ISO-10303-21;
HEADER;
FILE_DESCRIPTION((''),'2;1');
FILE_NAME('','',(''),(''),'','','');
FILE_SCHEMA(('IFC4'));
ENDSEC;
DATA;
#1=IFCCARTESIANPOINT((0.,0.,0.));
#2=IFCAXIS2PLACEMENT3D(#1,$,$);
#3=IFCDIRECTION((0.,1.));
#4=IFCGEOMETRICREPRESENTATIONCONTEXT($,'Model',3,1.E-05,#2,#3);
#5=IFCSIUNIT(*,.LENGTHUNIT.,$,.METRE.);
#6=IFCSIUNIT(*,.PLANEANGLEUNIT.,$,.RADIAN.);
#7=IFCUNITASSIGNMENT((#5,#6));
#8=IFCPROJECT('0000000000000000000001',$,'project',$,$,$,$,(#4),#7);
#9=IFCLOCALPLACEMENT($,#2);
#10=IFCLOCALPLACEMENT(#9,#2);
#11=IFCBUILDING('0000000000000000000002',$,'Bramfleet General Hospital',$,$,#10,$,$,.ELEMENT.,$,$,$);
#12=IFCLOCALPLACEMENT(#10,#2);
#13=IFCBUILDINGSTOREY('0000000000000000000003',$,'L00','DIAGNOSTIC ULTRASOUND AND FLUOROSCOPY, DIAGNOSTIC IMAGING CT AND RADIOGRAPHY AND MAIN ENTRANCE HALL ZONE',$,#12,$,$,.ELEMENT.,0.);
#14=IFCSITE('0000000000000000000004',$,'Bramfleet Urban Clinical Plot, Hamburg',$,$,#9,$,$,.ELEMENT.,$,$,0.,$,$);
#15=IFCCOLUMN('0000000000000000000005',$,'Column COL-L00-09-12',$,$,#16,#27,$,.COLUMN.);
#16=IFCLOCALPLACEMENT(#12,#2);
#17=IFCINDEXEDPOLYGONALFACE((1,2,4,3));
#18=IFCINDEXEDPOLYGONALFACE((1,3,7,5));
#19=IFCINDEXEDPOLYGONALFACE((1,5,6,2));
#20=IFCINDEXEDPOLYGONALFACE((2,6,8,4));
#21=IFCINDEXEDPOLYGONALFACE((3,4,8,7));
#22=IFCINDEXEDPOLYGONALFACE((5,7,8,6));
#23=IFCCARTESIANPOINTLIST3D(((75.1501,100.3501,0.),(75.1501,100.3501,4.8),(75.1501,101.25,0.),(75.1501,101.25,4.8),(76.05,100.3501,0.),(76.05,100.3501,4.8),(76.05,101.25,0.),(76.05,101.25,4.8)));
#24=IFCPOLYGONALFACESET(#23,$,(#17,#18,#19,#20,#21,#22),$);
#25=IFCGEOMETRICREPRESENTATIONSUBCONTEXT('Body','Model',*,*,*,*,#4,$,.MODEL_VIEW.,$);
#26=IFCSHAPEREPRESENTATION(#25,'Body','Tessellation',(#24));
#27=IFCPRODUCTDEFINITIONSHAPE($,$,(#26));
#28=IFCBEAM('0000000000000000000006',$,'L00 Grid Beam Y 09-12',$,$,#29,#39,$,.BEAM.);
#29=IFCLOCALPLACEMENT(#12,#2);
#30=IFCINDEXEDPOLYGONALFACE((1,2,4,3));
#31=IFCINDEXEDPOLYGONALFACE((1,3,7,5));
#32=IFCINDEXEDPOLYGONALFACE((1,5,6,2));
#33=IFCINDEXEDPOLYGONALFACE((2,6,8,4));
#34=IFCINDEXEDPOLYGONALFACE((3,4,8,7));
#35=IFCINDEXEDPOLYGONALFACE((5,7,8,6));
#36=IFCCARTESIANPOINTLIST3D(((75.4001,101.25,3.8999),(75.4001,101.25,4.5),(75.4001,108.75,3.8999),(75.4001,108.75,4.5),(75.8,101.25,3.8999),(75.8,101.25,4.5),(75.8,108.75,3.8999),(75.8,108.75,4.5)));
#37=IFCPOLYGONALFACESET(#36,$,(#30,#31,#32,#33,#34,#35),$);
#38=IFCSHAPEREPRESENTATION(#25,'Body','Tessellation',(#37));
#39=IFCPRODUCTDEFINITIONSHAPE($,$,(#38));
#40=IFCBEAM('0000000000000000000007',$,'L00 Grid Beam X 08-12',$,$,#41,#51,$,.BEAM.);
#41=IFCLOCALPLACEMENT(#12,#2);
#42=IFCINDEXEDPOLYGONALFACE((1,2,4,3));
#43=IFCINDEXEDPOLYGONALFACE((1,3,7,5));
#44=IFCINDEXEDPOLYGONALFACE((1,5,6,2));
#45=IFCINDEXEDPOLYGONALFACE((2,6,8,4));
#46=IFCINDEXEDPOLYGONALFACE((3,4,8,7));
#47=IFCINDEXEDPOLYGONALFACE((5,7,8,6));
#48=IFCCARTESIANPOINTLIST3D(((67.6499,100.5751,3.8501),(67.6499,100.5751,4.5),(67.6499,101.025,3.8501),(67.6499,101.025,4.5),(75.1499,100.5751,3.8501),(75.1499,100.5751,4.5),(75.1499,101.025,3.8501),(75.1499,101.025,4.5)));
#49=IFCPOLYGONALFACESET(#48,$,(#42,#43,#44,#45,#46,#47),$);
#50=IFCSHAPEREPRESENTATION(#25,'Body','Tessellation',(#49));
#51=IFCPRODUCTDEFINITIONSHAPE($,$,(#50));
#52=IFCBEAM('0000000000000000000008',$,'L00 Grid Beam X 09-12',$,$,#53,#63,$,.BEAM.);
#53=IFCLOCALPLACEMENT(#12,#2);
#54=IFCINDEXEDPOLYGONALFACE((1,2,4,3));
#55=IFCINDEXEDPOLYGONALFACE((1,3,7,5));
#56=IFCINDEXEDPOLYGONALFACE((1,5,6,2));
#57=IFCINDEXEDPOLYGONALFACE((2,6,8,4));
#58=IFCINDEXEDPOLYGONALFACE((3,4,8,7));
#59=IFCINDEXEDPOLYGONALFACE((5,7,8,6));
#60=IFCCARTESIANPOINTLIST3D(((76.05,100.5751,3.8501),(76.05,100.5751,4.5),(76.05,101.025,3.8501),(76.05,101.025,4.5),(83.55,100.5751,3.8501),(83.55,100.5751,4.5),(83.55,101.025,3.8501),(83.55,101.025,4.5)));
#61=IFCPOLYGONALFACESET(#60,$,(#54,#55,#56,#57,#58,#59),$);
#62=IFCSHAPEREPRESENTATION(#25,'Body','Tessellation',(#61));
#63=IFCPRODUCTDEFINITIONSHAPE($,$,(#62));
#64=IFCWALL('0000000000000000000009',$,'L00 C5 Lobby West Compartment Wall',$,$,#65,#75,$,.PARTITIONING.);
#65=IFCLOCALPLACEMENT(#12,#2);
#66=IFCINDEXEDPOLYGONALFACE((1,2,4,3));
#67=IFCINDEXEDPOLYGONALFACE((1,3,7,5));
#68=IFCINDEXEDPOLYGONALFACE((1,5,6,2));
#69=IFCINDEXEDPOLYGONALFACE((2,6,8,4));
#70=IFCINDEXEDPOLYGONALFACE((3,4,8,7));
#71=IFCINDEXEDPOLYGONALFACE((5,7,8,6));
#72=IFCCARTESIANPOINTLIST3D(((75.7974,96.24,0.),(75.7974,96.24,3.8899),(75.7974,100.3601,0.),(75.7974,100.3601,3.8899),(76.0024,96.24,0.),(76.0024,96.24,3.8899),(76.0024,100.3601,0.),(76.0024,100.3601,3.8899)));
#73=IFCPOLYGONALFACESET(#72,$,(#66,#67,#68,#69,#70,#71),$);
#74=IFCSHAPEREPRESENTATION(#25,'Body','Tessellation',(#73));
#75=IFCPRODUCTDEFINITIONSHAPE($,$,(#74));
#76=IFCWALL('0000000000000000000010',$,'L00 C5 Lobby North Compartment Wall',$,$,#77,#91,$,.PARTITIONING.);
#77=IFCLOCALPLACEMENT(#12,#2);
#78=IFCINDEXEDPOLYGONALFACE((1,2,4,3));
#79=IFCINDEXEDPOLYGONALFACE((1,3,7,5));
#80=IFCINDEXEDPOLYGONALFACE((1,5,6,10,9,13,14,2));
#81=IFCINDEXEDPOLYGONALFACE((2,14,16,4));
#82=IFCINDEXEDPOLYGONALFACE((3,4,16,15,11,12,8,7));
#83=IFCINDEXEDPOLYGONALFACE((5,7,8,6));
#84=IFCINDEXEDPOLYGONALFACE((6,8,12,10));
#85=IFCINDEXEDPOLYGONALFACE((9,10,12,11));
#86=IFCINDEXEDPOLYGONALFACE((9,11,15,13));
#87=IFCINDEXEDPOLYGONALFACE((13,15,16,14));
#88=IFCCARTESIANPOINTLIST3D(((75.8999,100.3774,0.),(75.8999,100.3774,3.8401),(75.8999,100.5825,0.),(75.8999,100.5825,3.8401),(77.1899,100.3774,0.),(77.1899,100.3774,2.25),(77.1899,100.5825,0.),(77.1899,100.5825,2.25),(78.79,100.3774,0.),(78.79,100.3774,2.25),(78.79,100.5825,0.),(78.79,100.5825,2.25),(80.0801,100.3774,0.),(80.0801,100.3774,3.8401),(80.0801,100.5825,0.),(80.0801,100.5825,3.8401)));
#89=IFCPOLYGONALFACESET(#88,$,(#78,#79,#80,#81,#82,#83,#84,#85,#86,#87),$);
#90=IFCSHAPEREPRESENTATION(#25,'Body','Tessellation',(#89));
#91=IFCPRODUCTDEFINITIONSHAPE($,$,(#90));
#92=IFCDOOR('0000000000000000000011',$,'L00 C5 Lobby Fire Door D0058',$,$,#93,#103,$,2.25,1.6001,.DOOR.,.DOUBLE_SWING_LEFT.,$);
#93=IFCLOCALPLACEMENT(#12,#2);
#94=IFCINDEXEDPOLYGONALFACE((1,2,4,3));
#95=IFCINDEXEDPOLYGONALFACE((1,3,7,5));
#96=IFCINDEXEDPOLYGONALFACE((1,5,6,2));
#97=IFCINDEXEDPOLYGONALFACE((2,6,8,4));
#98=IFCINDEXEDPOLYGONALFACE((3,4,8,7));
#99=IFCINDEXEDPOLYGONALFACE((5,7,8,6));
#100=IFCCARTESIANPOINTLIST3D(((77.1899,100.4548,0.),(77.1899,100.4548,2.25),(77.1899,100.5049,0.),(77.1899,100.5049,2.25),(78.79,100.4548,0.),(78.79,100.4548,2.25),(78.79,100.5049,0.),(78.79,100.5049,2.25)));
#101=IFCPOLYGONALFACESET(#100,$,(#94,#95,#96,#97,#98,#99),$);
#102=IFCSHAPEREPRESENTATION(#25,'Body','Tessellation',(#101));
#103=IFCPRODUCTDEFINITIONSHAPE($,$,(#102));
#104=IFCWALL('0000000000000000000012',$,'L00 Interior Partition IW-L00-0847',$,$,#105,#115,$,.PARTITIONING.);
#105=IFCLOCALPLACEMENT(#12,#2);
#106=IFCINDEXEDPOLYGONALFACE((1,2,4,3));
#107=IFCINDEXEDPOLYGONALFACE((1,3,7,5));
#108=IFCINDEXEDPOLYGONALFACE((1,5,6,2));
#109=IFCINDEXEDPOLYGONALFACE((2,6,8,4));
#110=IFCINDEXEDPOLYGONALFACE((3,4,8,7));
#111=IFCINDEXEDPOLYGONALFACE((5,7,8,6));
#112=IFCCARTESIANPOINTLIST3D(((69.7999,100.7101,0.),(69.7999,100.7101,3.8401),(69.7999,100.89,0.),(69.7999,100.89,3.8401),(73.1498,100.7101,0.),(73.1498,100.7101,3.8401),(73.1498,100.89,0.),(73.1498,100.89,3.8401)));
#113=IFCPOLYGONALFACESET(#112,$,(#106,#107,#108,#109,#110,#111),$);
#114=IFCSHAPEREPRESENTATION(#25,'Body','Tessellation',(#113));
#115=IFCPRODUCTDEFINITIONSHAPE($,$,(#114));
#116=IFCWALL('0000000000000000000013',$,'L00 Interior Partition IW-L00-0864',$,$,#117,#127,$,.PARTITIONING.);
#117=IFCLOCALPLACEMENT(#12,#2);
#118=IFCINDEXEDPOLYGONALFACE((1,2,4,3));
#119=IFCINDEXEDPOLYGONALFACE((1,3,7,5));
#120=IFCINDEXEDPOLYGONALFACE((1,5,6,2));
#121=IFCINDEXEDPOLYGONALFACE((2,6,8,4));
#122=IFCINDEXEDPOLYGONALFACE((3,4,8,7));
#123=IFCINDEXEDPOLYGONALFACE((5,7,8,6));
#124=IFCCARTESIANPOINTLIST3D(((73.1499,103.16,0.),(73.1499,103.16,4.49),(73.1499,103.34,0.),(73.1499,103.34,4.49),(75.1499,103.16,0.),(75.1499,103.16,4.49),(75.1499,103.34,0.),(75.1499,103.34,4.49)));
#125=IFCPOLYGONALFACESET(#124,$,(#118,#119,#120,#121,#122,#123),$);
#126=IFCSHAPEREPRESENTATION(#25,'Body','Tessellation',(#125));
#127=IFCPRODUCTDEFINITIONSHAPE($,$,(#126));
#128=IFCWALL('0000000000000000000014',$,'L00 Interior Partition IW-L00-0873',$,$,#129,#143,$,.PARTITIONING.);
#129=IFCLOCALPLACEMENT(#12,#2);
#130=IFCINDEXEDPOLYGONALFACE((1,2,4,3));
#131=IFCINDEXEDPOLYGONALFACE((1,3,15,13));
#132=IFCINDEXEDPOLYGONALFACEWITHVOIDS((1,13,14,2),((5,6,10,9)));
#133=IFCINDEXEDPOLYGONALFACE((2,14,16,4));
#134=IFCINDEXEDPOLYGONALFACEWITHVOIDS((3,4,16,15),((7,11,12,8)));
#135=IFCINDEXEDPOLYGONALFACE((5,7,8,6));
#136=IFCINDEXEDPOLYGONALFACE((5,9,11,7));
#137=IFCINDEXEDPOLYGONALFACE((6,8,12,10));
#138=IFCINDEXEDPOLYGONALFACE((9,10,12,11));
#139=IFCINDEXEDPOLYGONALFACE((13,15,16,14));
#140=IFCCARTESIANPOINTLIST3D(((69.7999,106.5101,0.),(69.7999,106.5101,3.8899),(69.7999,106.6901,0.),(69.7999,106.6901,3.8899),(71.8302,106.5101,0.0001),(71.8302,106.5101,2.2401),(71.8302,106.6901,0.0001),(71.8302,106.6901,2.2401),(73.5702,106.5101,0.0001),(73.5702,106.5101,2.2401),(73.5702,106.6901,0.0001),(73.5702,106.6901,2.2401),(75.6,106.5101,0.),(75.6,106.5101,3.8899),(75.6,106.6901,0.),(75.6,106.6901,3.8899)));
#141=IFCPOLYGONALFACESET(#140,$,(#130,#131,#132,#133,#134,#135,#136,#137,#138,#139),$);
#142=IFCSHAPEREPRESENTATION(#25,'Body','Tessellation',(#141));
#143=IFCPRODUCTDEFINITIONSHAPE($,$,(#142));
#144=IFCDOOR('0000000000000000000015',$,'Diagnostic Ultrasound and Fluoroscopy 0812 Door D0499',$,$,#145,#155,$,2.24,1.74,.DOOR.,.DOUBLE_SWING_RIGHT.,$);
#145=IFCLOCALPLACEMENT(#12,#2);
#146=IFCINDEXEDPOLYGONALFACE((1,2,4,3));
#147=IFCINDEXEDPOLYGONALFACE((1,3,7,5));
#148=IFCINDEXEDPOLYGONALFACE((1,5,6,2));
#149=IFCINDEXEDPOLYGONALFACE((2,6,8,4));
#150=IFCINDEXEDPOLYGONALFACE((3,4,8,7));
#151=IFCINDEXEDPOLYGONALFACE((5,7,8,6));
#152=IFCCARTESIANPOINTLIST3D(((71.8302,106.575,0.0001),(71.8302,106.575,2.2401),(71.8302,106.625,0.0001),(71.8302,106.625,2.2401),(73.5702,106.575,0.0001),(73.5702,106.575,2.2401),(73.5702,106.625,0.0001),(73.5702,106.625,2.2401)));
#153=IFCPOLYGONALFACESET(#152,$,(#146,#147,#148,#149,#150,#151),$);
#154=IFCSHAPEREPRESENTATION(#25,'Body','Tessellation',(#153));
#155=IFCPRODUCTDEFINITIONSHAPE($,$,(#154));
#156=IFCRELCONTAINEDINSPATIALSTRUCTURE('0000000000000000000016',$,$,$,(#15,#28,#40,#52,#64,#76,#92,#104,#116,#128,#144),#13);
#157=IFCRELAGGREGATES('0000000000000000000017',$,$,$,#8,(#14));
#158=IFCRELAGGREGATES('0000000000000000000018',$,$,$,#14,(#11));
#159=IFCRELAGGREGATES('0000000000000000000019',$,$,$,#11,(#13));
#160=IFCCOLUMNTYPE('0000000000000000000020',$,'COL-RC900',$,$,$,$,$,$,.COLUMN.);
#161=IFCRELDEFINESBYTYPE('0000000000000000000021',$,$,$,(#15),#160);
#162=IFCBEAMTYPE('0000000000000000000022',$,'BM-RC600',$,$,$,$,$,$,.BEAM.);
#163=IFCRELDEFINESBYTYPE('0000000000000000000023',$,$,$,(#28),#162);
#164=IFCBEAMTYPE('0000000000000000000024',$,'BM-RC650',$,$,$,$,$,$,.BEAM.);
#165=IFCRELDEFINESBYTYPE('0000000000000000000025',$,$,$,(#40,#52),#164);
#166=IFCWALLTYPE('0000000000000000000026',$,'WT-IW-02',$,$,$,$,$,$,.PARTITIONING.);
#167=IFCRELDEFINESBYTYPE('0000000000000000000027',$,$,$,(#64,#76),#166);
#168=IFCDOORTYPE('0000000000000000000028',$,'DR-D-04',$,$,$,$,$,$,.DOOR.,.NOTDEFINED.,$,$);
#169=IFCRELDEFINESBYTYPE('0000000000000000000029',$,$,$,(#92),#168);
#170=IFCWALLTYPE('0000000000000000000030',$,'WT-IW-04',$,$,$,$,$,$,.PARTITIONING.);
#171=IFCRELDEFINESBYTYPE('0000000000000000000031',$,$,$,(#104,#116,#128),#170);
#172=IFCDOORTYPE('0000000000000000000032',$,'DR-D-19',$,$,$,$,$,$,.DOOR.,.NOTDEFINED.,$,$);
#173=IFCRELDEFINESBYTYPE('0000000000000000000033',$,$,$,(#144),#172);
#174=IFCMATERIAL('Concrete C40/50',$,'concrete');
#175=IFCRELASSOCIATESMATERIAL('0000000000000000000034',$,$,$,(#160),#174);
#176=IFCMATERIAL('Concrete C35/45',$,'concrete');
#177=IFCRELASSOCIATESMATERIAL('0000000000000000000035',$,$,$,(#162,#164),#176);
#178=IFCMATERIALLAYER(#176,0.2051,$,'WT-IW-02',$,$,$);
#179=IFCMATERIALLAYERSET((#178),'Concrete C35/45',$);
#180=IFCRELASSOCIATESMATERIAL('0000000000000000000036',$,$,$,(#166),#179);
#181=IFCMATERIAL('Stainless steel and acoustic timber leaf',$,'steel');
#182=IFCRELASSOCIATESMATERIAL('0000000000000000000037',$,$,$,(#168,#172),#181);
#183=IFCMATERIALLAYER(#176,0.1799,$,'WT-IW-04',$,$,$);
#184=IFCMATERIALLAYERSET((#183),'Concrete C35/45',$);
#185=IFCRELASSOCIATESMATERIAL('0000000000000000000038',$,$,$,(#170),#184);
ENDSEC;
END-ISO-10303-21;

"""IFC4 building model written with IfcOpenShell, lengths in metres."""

from ifc_helpers import new_model, si_unit, direction, frame, frame_2d, origin, origin_2d, place, context, subcontext, project, spatial, rectangle, extrude, material, layer, layer_set, material_profile, profile_set, type_object, element, fill, save


model = new_model("IFC4")

# Units and contexts
model_context = context("Model", 3, precision=1e-05, world=origin(), true_north=direction((0.0, 1.0)))
body_context = subcontext(model_context, "Body", "Model", "MODEL_VIEW")
ifc_project = project(units=[si_unit("LENGTHUNIT", "METRE"), si_unit("PLANEANGLEUNIT", "RADIAN")], contexts=[model_context])

# Site, building, storey
site_placement = place(None, origin())
site = spatial("IfcSite", under=ifc_project, at=site_placement, Name="Bramfleet Urban Clinical Plot, Hamburg", CompositionType="ELEMENT", RefElevation=0.0)
building_placement = place(site_placement, origin())
building = spatial("IfcBuilding", under=site, at=building_placement, Name="Bramfleet General Hospital", CompositionType="ELEMENT")
storey_placement = place(building_placement, origin())
storey = spatial("IfcBuildingStorey", under=building, at=storey_placement, Name="L00", Description="DIAGNOSTIC ULTRASOUND AND FLUOROSCOPY, DIAGNOSTIC IMAGING CT AND RADIOGRAPHY AND MAIN ENTRANCE HALL ZONE", CompositionType="ELEMENT", Elevation=0.0)

# Column
ifc_material_1 = material(Name="Concrete C40/50", Category="concrete")
ifc_material_profile_1 = material_profile(ifc_material_1, rectangle(XDim=0.8999, YDim=0.8999, at=origin_2d()), Name="RC COL 900x900")
ifc_profile_set_1 = profile_set([ifc_material_profile_1], Name="Concrete C40/50")
column_type = type_object("IfcColumnType", Name="COL-RC900", PredefinedType="COLUMN", material=ifc_profile_set_1)
column_placement = place(storey_placement, frame((75.6001, 100.8, 0.0), z_axis=(0.0, 0.0, 1.0), x_axis=(1.0, 0.0, 0.0)))
element("IfcColumn", 1, at=column_placement, inside=storey, type_object=column_type, Name="Column COL-L00-09-12", PredefinedType="COLUMN", context=body_context, shape_type="SweptSolid", body=[
    extrude(rectangle(XDim=0.8999, YDim=0.8999, at=origin_2d()), origin(), (0.0, 0.0, 1.0), 4.8),
])

# Beams
ifc_material_2 = material(Name="Concrete C35/45", Category="concrete")
ifc_material_profile_2 = material_profile(ifc_material_2, rectangle(XDim=0.3999, YDim=0.6001, at=origin_2d()), Name="RC BM 600x400")
ifc_profile_set_2 = profile_set([ifc_material_profile_2], Name="Concrete C35/45")
beam_type_1 = type_object("IfcBeamType", Name="BM-RC600", PredefinedType="BEAM", material=ifc_profile_set_2)
beam_placement = place(storey_placement, frame((75.6001, 101.25, 4.2), z_axis=(0.0, 1.0, 0.0), x_axis=(-1.0, 0.0, 0.0)))
element("IfcBeam", 2, at=beam_placement, inside=storey, type_object=beam_type_1, Name="L00 Grid Beam Y 09-12", PredefinedType="BEAM", context=body_context, shape_type="SweptSolid", body=[
    extrude(rectangle(XDim=0.3999, YDim=0.6001, at=origin_2d()), origin(), (0.0, 0.0, 1.0), 7.5),
])
ifc_material_profile_3 = material_profile(ifc_material_2, rectangle(XDim=0.45, YDim=0.6499, at=origin_2d()), Name="RC BM 650x450")
ifc_profile_set_3 = profile_set([ifc_material_profile_3], Name="Concrete C35/45")
beam_type_2 = type_object("IfcBeamType", Name="BM-RC650", PredefinedType="BEAM", material=ifc_profile_set_3)
for number, where, z_axis, x_axis, name in (
    (3, (67.6499, 100.8, 4.175), (1.0, 0.0, 0.0), (0.0, 1.0, 0.0), "L00 Grid Beam X 08-12"),
    (4, (76.05, 100.8, 4.175), (1.0, 0.0, 0.0), (0.0, 1.0, 0.0), "L00 Grid Beam X 09-12"),
):
    element("IfcBeam", number, at=place(storey_placement, frame(where, z_axis=z_axis, x_axis=x_axis)), inside=storey, type_object=beam_type_2, Name=name, PredefinedType="BEAM", context=body_context, shape_type="SweptSolid", body=[
        extrude(rectangle(XDim=0.45, YDim=0.6499, at=origin_2d()), origin(), (0.0, 0.0, 1.0), 7.5),
    ])

# Wall
ifc_layer_1 = layer(ifc_material_2, 0.2051, Name="WT-IW-02")
ifc_layer_set_1 = layer_set([ifc_layer_1], Name="Concrete C35/45")
wall_type_1 = type_object("IfcWallType", Name="WT-IW-02", PredefinedType="PARTITIONING", material=ifc_layer_set_1)
wall_1_placement = place(storey_placement, frame((75.8999, 96.24, 0.0), z_axis=(0.0, 0.0, 1.0), x_axis=(0.0, 1.0, 0.0)))
element("IfcWall", 5, at=wall_1_placement, inside=storey, type_object=wall_type_1, Name="L00 C5 Lobby West Compartment Wall", PredefinedType="PARTITIONING", context=body_context, shape_type="SweptSolid", body=[
    extrude(rectangle(XDim=4.1201, YDim=0.2051, at=frame_2d((2.0601, 0.0))), origin(), (0.0, 0.0, 1.0), 3.8899),
])

# Wall, opening, door
wall_2_placement = place(storey_placement, frame((75.8999, 100.48, 0.0), z_axis=(0.0, 0.0, 1.0), x_axis=(1.0, 0.0, 0.0)))
wall_2 = element("IfcWall", 6, at=wall_2_placement, inside=storey, type_object=wall_type_1, Name="L00 C5 Lobby North Compartment Wall", PredefinedType="PARTITIONING", context=body_context, shape_type="SweptSolid", body=[
    extrude(rectangle(XDim=4.1802, YDim=0.2051, at=frame_2d((2.0901, 0.0))), origin(), (0.0, 0.0, 1.0), 3.8401),
])
opening_1_placement = place(wall_2_placement, frame((1.29, 0.0, 0.0)))
opening_1 = element("IfcOpeningElement", 7, at=opening_1_placement, cuts=wall_2, PredefinedType="OPENING", context=body_context, shape_type="SweptSolid", body=[
    extrude(rectangle(XDim=1.6001, YDim=2.25, at=frame_2d((0.8, 1.125))), frame((0.0, 0.1125, 0.0), z_axis=(0.0, -1.0, 0.0), x_axis=(1.0, 0.0, 0.0)), (0.0, 0.0, 1.0), 0.2251),
])
ifc_material_3 = material(Name="Stainless steel and acoustic timber leaf", Category="steel")
door_type_1 = type_object("IfcDoorType", Name="DR-D-04", OperationType="NOTDEFINED", PredefinedType="DOOR", material=ifc_material_3)
door_1_placement = place(opening_1_placement, origin())
door_1 = element("IfcDoor", 8, at=door_1_placement, inside=storey, type_object=door_type_1, Name="L00 C5 Lobby Fire Door D0058", OperationType="DOUBLE_SWING_LEFT", OverallHeight=2.25, OverallWidth=1.6001, PredefinedType="DOOR", context=body_context, shape_type="SweptSolid", body=[
    extrude(rectangle(XDim=1.6001, YDim=2.25, at=frame_2d((0.8, 1.125))), frame((0.0, 0.0249, 0.0), z_axis=(0.0, -1.0, 0.0), x_axis=(1.0, 0.0, 0.0)), (0.0, 0.0, 1.0), 0.05),
])
fill(opening_1, door_1)

# Walls
ifc_layer_2 = layer(ifc_material_2, 0.1799, Name="WT-IW-04")
ifc_layer_set_2 = layer_set([ifc_layer_2], Name="Concrete C35/45")
wall_type_2 = type_object("IfcWallType", Name="WT-IW-04", PredefinedType="PARTITIONING", material=ifc_layer_set_2)
wall_3_placement = place(storey_placement, frame((69.8, 100.8, 0.0), z_axis=(0.0, 0.0, 1.0), x_axis=(1.0, 0.0, 0.0)))
element("IfcWall", 9, at=wall_3_placement, inside=storey, type_object=wall_type_2, Name="L00 Interior Partition IW-L00-0847", PredefinedType="PARTITIONING", context=body_context, shape_type="SweptSolid", body=[
    extrude(rectangle(XDim=3.3499, YDim=0.1799, at=frame_2d((1.6748, 0.0))), origin(), (0.0, 0.0, 1.0), 3.8401),
])
wall_4_placement = place(storey_placement, frame((73.1499, 103.25, 0.0), z_axis=(0.0, 0.0, 1.0), x_axis=(1.0, 0.0, 0.0)))
element("IfcWall", 10, at=wall_4_placement, inside=storey, type_object=wall_type_2, Name="L00 Interior Partition IW-L00-0864", PredefinedType="PARTITIONING", context=body_context, shape_type="SweptSolid", body=[
    extrude(rectangle(XDim=2.0, YDim=0.1799, at=frame_2d((1.0, 0.0))), origin(), (0.0, 0.0, 1.0), 4.49),
])

# Wall, opening, door
wall_5_placement = place(storey_placement, frame((69.8, 106.6001, 0.0), z_axis=(0.0, 0.0, 1.0), x_axis=(1.0, 0.0, 0.0)))
wall_5 = element("IfcWall", 11, at=wall_5_placement, inside=storey, type_object=wall_type_2, Name="L00 Interior Partition IW-L00-0873", PredefinedType="PARTITIONING", context=body_context, shape_type="SweptSolid", body=[
    extrude(rectangle(XDim=5.8, YDim=0.1799, at=frame_2d((2.8999, 0.0))), origin(), (0.0, 0.0, 1.0), 3.8899),
])
opening_2_placement = place(wall_5_placement, frame((2.03, 0.0, 0.0)))
opening_2 = element("IfcOpeningElement", 12, at=opening_2_placement, cuts=wall_5, PredefinedType="OPENING", context=body_context, shape_type="SweptSolid", body=[
    extrude(rectangle(XDim=1.74, YDim=2.24, at=frame_2d((0.8701, 1.1201))), frame((0.0, 0.0999, 0.0), z_axis=(0.0, -1.0, 0.0), x_axis=(1.0, 0.0, 0.0)), (0.0, 0.0, 1.0), 0.2),
])
door_type_2 = type_object("IfcDoorType", Name="DR-D-19", OperationType="NOTDEFINED", PredefinedType="DOOR", material=ifc_material_3)
door_2_placement = place(opening_2_placement, origin())
door_2 = element("IfcDoor", 13, at=door_2_placement, inside=storey, type_object=door_type_2, Name="Diagnostic Ultrasound and Fluoroscopy 0812 Door D0499", OperationType="DOUBLE_SWING_RIGHT", OverallHeight=2.24, OverallWidth=1.74, PredefinedType="DOOR", context=body_context, shape_type="SweptSolid", body=[
    extrude(rectangle(XDim=1.74, YDim=2.24, at=frame_2d((0.8701, 1.1201))), frame((0.0, 0.0249, 0.0), z_axis=(0.0, -1.0, 0.0), x_axis=(1.0, 0.0, 0.0)), (0.0, 0.0, 1.0), 0.05),
])
fill(opening_2, door_2)

save(model, "model.ifc")
